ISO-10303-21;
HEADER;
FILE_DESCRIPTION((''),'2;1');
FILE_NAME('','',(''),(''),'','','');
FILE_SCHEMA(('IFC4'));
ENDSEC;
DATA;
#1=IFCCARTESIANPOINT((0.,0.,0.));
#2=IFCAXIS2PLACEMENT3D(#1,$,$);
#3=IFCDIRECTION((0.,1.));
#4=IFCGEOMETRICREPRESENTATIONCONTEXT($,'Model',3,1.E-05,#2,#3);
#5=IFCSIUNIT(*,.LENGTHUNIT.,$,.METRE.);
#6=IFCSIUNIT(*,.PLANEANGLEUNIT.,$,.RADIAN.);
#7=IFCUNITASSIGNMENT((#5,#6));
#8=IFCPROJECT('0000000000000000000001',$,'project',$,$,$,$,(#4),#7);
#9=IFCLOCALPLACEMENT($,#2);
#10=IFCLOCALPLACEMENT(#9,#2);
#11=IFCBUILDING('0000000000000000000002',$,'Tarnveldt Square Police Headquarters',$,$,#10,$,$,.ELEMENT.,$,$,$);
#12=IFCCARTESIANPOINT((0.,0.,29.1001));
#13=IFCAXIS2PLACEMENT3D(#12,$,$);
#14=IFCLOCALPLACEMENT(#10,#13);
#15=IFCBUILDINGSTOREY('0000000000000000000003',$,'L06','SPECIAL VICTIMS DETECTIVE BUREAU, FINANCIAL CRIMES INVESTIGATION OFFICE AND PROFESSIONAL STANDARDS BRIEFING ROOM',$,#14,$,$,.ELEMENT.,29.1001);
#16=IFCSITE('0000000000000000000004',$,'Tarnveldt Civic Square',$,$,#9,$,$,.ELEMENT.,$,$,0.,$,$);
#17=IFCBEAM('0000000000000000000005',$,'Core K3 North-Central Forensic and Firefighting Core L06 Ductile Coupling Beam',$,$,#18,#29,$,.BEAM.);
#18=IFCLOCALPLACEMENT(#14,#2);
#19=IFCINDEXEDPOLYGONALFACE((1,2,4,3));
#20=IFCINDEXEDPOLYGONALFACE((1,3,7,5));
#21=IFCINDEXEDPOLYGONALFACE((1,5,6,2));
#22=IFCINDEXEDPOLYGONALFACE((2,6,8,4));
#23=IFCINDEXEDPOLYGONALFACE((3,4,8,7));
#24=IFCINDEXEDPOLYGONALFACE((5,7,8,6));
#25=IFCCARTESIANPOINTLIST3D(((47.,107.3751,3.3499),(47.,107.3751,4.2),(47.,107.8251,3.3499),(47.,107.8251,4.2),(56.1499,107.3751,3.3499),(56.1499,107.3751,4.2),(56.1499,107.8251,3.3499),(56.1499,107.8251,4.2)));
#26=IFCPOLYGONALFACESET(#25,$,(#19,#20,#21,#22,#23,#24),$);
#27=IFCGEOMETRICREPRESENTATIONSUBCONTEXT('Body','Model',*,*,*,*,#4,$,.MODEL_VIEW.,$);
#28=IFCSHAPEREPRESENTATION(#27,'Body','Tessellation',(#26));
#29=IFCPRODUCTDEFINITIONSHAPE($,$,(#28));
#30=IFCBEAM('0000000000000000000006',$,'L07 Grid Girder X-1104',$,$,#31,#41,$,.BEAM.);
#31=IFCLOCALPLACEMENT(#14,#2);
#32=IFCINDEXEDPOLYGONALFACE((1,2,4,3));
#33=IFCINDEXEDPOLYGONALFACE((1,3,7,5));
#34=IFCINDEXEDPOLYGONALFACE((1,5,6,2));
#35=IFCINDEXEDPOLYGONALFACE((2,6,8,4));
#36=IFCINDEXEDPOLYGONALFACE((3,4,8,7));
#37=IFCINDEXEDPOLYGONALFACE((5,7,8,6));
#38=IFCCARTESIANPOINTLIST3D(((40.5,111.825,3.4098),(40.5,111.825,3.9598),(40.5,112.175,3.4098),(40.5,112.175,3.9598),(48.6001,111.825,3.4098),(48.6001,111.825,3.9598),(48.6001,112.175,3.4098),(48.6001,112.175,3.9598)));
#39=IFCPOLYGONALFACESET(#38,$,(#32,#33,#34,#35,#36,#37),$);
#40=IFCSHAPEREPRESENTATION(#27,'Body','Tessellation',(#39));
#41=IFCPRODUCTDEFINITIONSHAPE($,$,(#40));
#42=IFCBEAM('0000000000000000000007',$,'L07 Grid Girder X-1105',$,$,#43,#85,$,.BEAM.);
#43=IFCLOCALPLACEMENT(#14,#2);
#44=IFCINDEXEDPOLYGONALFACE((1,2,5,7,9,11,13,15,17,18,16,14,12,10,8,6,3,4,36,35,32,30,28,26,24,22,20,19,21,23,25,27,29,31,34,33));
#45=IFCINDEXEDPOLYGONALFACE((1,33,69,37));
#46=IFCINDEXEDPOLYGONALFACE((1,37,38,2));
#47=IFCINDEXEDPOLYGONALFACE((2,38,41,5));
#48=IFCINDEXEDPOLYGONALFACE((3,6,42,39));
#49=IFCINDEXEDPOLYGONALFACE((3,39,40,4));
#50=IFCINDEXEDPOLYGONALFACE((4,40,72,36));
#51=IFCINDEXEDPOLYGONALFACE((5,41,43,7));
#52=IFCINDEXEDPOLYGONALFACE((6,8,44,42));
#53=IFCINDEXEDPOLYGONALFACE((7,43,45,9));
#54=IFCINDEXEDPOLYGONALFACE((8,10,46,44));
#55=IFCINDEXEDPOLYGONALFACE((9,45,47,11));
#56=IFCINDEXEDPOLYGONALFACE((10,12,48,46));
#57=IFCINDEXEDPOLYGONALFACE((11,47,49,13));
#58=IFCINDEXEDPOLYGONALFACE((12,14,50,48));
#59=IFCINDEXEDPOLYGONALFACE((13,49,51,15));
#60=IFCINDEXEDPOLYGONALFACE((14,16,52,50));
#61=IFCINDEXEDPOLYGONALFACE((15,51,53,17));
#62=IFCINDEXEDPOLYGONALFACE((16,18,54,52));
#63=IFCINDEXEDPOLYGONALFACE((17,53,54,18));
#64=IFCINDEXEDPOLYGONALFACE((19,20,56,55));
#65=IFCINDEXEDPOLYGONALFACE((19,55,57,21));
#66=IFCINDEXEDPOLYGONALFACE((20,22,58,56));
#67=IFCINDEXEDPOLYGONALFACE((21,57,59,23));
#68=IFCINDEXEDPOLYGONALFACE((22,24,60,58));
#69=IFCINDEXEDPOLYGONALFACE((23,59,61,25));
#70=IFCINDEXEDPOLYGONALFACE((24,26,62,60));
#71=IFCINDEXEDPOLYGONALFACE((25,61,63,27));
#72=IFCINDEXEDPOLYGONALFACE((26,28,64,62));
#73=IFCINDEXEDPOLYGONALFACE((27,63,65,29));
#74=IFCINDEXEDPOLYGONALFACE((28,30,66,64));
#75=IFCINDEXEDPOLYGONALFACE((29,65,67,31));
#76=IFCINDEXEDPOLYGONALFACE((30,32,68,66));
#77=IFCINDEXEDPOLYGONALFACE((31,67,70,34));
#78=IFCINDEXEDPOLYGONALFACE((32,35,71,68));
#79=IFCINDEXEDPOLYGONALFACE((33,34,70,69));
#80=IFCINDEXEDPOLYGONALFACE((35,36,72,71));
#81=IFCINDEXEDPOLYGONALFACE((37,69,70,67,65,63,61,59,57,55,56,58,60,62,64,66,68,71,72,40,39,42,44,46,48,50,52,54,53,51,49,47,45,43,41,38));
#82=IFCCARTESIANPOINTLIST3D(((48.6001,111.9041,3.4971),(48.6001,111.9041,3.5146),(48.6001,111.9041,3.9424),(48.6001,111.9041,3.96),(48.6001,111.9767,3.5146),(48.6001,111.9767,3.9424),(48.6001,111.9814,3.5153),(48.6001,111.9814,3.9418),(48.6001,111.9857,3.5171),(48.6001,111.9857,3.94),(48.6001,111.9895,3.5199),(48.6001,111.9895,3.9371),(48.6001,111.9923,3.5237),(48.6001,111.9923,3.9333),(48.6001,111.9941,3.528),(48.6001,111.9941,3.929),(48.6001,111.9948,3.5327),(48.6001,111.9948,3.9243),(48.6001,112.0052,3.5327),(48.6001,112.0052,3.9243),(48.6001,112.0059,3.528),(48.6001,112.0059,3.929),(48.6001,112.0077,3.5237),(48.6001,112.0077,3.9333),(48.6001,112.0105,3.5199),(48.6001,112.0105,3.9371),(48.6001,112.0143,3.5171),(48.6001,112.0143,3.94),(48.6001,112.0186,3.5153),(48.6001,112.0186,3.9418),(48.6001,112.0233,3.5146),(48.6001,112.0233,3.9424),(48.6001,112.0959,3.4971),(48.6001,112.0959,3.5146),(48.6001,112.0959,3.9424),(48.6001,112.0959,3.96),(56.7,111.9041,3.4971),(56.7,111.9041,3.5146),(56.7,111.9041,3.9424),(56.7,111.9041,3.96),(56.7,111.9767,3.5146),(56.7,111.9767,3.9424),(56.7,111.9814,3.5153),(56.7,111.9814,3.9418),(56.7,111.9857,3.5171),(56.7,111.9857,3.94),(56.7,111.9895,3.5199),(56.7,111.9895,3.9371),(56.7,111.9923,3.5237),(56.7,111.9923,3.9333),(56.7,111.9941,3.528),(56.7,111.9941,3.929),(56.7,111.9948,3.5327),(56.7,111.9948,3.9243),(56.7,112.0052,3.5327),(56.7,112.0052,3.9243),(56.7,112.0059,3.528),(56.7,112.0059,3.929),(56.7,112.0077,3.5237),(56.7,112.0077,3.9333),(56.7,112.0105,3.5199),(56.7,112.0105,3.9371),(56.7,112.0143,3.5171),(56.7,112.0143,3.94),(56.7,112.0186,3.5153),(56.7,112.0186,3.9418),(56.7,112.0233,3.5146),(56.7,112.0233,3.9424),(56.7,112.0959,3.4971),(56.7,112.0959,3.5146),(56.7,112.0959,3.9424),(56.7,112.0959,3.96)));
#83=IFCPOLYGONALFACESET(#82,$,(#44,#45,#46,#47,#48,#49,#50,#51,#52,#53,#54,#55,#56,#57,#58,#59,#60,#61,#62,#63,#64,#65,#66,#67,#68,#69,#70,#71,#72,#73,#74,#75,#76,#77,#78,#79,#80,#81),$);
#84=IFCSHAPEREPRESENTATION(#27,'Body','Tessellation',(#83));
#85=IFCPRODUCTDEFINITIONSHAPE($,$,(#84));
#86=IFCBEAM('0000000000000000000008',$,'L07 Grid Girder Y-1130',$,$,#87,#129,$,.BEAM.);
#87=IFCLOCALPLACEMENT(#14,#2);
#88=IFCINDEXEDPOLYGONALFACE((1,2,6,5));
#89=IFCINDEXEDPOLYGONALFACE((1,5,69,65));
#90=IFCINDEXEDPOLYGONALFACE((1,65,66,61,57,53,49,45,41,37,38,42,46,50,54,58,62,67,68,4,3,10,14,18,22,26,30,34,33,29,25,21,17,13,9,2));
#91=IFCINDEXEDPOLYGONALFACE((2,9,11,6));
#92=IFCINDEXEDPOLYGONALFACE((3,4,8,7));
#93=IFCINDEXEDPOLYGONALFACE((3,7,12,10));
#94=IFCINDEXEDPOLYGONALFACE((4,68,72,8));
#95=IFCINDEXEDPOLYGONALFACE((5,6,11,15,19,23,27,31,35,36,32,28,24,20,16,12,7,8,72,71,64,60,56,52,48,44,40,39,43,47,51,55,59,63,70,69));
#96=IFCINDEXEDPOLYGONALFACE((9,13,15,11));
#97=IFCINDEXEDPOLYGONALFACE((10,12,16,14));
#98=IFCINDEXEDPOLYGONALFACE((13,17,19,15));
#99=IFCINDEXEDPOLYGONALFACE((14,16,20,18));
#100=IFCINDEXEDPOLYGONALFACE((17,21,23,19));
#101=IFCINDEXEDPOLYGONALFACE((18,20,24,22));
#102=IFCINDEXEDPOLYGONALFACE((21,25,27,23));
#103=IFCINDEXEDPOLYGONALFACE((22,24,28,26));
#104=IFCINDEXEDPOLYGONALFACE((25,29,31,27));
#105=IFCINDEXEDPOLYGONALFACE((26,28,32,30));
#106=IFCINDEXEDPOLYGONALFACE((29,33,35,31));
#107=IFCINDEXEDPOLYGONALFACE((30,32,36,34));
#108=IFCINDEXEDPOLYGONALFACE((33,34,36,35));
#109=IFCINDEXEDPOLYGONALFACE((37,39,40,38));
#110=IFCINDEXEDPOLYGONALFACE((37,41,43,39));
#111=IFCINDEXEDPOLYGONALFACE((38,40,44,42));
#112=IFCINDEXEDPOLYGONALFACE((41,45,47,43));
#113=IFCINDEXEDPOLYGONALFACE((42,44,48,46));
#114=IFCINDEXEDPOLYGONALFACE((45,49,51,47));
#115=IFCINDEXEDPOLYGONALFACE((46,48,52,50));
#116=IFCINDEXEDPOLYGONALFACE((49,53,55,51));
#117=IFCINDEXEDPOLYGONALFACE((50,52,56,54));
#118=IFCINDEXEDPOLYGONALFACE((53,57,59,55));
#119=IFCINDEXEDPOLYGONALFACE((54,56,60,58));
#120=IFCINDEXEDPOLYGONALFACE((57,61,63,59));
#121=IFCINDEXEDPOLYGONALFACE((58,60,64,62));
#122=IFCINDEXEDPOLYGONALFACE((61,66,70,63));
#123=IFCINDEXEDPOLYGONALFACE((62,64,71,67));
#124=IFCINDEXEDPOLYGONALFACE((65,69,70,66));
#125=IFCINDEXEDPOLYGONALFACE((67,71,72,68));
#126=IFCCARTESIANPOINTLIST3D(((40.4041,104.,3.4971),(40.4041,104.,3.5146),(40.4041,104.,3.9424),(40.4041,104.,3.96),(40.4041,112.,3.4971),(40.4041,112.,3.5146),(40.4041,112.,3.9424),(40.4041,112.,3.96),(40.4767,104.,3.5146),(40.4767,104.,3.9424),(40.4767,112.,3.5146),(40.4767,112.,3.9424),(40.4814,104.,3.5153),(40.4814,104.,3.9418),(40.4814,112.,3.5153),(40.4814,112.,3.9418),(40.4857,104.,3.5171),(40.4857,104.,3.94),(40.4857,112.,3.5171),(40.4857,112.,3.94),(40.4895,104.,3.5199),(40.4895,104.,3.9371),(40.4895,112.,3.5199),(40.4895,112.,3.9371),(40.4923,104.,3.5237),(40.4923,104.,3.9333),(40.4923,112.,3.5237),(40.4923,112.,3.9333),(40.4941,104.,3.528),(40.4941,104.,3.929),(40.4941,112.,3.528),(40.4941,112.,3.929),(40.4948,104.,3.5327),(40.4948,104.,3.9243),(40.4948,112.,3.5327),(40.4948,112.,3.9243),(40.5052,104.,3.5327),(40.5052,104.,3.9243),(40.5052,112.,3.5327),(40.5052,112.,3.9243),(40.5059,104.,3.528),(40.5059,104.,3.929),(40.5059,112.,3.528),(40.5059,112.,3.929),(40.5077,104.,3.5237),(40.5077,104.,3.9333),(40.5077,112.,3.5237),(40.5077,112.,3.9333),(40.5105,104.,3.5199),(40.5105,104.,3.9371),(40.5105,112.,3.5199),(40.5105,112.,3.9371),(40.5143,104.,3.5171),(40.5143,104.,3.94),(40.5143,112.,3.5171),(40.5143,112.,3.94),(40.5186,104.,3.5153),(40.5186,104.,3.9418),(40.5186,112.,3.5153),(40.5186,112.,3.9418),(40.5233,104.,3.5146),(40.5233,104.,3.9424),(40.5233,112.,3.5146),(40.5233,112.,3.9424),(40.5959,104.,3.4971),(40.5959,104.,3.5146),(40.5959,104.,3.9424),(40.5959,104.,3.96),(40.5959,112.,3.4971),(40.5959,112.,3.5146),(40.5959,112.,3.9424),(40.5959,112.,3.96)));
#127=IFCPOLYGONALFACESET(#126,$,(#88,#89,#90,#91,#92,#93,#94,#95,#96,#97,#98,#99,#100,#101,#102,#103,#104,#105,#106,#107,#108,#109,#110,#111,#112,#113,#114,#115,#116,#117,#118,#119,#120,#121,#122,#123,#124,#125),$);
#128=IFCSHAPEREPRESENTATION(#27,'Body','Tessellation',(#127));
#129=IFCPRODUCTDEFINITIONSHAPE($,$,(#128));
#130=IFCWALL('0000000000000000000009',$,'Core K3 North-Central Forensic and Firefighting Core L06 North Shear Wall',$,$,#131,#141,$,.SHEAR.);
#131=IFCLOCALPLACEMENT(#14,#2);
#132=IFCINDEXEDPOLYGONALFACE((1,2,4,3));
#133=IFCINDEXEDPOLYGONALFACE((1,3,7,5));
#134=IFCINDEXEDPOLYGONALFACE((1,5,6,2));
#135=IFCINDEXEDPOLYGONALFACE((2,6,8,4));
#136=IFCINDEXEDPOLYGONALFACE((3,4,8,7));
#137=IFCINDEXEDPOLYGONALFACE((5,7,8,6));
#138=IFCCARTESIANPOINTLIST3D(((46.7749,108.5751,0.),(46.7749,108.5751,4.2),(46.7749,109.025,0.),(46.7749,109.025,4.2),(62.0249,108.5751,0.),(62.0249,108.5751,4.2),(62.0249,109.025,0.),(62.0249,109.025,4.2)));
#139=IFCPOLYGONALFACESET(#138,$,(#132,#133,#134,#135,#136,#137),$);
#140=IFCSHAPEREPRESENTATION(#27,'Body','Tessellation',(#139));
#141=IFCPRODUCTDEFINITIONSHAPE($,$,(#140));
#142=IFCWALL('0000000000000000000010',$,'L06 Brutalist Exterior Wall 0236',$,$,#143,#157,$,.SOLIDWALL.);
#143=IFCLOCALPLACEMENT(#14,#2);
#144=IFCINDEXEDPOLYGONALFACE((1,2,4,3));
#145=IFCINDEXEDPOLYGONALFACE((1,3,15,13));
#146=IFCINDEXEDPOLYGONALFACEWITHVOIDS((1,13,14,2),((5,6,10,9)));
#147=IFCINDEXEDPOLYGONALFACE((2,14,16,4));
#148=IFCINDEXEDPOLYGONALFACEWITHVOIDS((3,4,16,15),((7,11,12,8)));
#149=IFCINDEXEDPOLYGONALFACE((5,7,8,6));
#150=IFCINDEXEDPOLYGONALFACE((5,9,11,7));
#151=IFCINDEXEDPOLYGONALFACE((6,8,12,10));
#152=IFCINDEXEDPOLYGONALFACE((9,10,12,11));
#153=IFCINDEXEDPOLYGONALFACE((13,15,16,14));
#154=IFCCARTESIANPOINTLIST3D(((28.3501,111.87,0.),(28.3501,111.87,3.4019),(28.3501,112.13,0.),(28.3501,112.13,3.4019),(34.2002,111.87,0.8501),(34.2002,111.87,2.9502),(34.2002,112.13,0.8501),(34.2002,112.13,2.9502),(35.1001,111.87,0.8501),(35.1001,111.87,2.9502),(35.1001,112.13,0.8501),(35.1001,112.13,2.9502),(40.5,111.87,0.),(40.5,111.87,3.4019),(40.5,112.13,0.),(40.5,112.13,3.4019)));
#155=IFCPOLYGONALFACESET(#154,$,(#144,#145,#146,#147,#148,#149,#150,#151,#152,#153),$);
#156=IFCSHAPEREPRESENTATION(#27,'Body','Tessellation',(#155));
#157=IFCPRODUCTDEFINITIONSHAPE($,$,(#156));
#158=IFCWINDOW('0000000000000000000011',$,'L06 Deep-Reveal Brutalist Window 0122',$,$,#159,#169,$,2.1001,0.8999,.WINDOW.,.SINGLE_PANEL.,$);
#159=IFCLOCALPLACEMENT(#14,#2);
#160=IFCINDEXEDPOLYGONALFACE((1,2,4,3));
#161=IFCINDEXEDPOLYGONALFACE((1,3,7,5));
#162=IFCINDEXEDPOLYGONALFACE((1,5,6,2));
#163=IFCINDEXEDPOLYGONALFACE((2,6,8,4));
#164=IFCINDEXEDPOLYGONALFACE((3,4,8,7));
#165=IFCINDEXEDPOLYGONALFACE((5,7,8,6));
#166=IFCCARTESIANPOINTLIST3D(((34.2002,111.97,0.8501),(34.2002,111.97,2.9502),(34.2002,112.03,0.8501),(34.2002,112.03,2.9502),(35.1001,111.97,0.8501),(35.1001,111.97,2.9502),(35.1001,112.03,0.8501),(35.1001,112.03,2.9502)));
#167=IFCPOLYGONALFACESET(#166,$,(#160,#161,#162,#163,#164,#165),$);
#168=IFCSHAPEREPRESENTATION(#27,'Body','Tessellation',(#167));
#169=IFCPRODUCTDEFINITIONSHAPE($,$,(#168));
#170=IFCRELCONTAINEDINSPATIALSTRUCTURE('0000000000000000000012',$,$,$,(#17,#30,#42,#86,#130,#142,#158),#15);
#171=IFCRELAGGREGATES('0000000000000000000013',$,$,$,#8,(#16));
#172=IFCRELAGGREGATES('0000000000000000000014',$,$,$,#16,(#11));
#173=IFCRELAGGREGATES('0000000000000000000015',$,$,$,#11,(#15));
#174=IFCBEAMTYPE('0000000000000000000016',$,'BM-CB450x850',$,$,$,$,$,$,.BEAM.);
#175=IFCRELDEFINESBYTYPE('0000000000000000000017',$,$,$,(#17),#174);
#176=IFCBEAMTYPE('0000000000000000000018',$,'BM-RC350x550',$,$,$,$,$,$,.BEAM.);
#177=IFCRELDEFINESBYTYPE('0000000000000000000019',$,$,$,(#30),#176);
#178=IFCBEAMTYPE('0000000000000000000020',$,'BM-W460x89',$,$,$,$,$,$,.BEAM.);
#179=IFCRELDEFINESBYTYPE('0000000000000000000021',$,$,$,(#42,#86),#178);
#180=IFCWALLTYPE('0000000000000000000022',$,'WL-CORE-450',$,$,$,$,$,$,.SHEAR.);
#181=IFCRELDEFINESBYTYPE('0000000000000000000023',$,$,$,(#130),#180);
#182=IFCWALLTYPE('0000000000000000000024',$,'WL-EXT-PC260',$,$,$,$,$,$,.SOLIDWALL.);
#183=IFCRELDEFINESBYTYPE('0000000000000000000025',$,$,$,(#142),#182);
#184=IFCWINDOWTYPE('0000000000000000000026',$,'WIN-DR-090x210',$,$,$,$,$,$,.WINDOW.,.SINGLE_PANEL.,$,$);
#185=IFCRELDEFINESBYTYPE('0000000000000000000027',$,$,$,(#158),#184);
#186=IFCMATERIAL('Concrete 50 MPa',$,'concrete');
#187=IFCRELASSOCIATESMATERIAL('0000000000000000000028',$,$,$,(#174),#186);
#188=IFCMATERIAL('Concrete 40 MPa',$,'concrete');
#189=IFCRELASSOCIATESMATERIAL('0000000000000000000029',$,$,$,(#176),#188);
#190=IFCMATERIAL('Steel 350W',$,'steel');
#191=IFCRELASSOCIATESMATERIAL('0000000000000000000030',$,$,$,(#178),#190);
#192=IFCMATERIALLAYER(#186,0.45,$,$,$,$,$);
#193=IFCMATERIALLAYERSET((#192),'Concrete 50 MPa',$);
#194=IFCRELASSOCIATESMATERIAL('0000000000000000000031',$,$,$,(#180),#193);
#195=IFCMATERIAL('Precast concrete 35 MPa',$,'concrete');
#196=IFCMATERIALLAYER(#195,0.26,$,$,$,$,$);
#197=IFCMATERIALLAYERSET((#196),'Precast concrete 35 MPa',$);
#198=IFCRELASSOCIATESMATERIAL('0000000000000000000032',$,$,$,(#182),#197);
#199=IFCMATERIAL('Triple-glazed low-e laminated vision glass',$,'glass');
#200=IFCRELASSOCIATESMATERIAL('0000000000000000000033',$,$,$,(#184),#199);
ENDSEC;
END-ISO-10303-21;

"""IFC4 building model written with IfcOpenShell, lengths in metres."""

from ifc_helpers import new_model, si_unit, direction, frame, frame_2d, origin, origin_2d, place, context, subcontext, project, spatial, rectangle, i_section, extrude, material, layer, layer_set, material_profile, profile_set, type_object, element, fill, save


model = new_model("IFC4")

# Units and contexts
model_context = context("Model", 3, precision=1e-05, world=origin(), true_north=direction((0.0, 1.0)))
body_context = subcontext(model_context, "Body", "Model", "MODEL_VIEW")
ifc_project = project(units=[si_unit("LENGTHUNIT", "METRE"), si_unit("PLANEANGLEUNIT", "RADIAN")], contexts=[model_context])

# Site, building, storey
site_placement = place(None, origin())
site = spatial("IfcSite", under=ifc_project, at=site_placement, Name="Tarnveldt Civic Square", CompositionType="ELEMENT", RefElevation=0.0)
building_placement = place(site_placement, origin())
building = spatial("IfcBuilding", under=site, at=building_placement, Name="Tarnveldt Square Police Headquarters", CompositionType="ELEMENT")
storey_placement = place(building_placement, frame((0.0, 0.0, 29.1001)))
storey = spatial("IfcBuildingStorey", under=building, at=storey_placement, Name="L06", Description="SPECIAL VICTIMS DETECTIVE BUREAU, FINANCIAL CRIMES INVESTIGATION OFFICE AND PROFESSIONAL STANDARDS BRIEFING ROOM", CompositionType="ELEMENT", Elevation=29.1001)

# Shared definitions
ifc_material_1 = material(Name="Steel 350W", Category="steel")

# Beams
ifc_material_2 = material(Name="Concrete 50 MPa", Category="concrete")
ifc_material_profile_1 = material_profile(ifc_material_2, rectangle(XDim=0.45, YDim=0.8501, at=origin_2d()), Name="RC-CB450x850")
ifc_profile_set_1 = profile_set([ifc_material_profile_1], Name="Concrete 50 MPa")
beam_type_1 = type_object("IfcBeamType", Name="BM-CB450x850", PredefinedType="BEAM", material=ifc_profile_set_1)
beam_1_placement = place(storey_placement, frame((47.0, 107.6001, 3.7749), z_axis=(1.0, 0.0, 0.0), x_axis=(0.0, 1.0, 0.0)))
element("IfcBeam", 1, at=beam_1_placement, inside=storey, type_object=beam_type_1, Name="Core K3 North-Central Forensic and Firefighting Core L06 Ductile Coupling Beam", PredefinedType="BEAM", context=body_context, shape_type="SweptSolid", body=[
    extrude(rectangle(XDim=0.45, YDim=0.8501, at=origin_2d()), origin(), (0.0, 0.0, 1.0), 9.1499),
])
ifc_material_3 = material(Name="Concrete 40 MPa", Category="concrete")
ifc_material_profile_2 = material_profile(ifc_material_3, rectangle(XDim=0.3501, YDim=0.55, at=origin_2d()), Name="RC-B350x550")
ifc_profile_set_2 = profile_set([ifc_material_profile_2], Name="Concrete 40 MPa")
beam_type_2 = type_object("IfcBeamType", Name="BM-RC350x550", PredefinedType="BEAM", material=ifc_profile_set_2)
beam_2_placement = place(storey_placement, frame((40.5, 112.0, 3.6848), z_axis=(1.0, 0.0, 0.0), x_axis=(0.0, 1.0, 0.0)))
element("IfcBeam", 2, at=beam_2_placement, inside=storey, type_object=beam_type_2, Name="L07 Grid Girder X-1104", PredefinedType="BEAM", context=body_context, shape_type="SweptSolid", body=[
    extrude(rectangle(XDim=0.3501, YDim=0.55, at=origin_2d()), origin(), (0.0, 0.0, 1.0), 8.1001),
])
ifc_material_profile_3 = material_profile(ifc_material_1, i_section(OverallWidth=0.1919, OverallDepth=0.4629, WebThickness=0.0105, FlangeThickness=0.0176, FilletRadius=0.0181, at=origin_2d()), Name="W460x89")
ifc_profile_set_3 = profile_set([ifc_material_profile_3], Name="Steel 350W")
beam_type_3 = type_object("IfcBeamType", Name="BM-W460x89", PredefinedType="BEAM", material=ifc_profile_set_3)
beam_3_placement = place(storey_placement, frame((48.6001, 112.0, 3.7285), z_axis=(1.0, 0.0, 0.0), x_axis=(0.0, 1.0, 0.0)))
element("IfcBeam", 3, at=beam_3_placement, inside=storey, type_object=beam_type_3, Name="L07 Grid Girder X-1105", PredefinedType="BEAM", context=body_context, shape_type="SweptSolid", body=[
    extrude(i_section(OverallWidth=0.1919, OverallDepth=0.4629, WebThickness=0.0105, FlangeThickness=0.0176, FilletRadius=0.0181, at=origin_2d()), origin(), (0.0, 0.0, 1.0), 8.0999),
])
beam_4_placement = place(storey_placement, frame((40.5, 104.0, 3.7285), z_axis=(0.0, 1.0, 0.0), x_axis=(-1.0, 0.0, 0.0)))
element("IfcBeam", 4, at=beam_4_placement, inside=storey, type_object=beam_type_3, Name="L07 Grid Girder Y-1130", PredefinedType="BEAM", context=body_context, shape_type="SweptSolid", body=[
    extrude(i_section(OverallWidth=0.1919, OverallDepth=0.4629, WebThickness=0.0105, FlangeThickness=0.0176, FilletRadius=0.0181, at=origin_2d()), origin(), (0.0, 0.0, 1.0), 8.0),
])

# Wall
ifc_layer_1 = layer(ifc_material_2, 0.45)
ifc_layer_set_1 = layer_set([ifc_layer_1], Name="Concrete 50 MPa")
wall_type_1 = type_object("IfcWallType", Name="WL-CORE-450", PredefinedType="SHEAR", material=ifc_layer_set_1)
wall_1_placement = place(storey_placement, frame((46.7749, 108.8, 0.0), z_axis=(0.0, 0.0, 1.0), x_axis=(1.0, 0.0, 0.0)))
element("IfcWall", 5, at=wall_1_placement, inside=storey, type_object=wall_type_1, Name="Core K3 North-Central Forensic and Firefighting Core L06 North Shear Wall", PredefinedType="SHEAR", context=body_context, shape_type="SweptSolid", body=[
    extrude(rectangle(XDim=15.25, YDim=0.45, at=frame_2d((7.625, 0.0))), origin(), (0.0, 0.0, 1.0), 4.2),
])

# Wall, opening, window
ifc_material_4 = material(Name="Precast concrete 35 MPa", Category="concrete")
ifc_layer_2 = layer(ifc_material_4, 0.26)
ifc_layer_set_2 = layer_set([ifc_layer_2], Name="Precast concrete 35 MPa")
wall_type_2 = type_object("IfcWallType", Name="WL-EXT-PC260", PredefinedType="SOLIDWALL", material=ifc_layer_set_2)
wall_2_placement = place(storey_placement, frame((40.5, 112.0, 0.0), z_axis=(0.0, 0.0, 1.0), x_axis=(-1.0, 0.0, 0.0)))
wall_2 = element("IfcWall", 6, at=wall_2_placement, inside=storey, type_object=wall_type_2, Name="L06 Brutalist Exterior Wall 0236", PredefinedType="SOLIDWALL", context=body_context, shape_type="SweptSolid", body=[
    extrude(rectangle(XDim=12.1499, YDim=0.26, at=frame_2d((6.075, 0.0))), origin(), (0.0, 0.0, 1.0), 3.4019),
])
opening_1_placement = place(wall_2_placement, frame((5.3999, 0.0, 0.8501)))
opening_1 = element("IfcOpeningElement", 7, at=opening_1_placement, cuts=wall_2, PredefinedType="OPENING", context=body_context, shape_type="SweptSolid", body=[
    extrude(rectangle(XDim=0.8999, YDim=2.1001, at=frame_2d((0.45, 1.05))), frame((0.0, 0.1399, 0.0), z_axis=(0.0, -1.0, 0.0), x_axis=(1.0, 0.0, 0.0)), (0.0, 0.0, 1.0), 0.28),
])
ifc_material_5 = material(Name="Triple-glazed low-e laminated vision glass", Category="glass")
window_type_1 = type_object("IfcWindowType", Name="WIN-DR-090x210", PartitioningType="SINGLE_PANEL", PredefinedType="WINDOW", material=ifc_material_5)
window_1_placement = place(opening_1_placement, origin())
window_1 = element("IfcWindow", 8, at=window_1_placement, inside=storey, type_object=window_type_1, Name="L06 Deep-Reveal Brutalist Window 0122", OverallHeight=2.1001, OverallWidth=0.8999, PartitioningType="SINGLE_PANEL", PredefinedType="WINDOW", context=body_context, shape_type="SweptSolid", body=[
    extrude(rectangle(XDim=0.8999, YDim=2.1001, at=frame_2d((0.45, 1.05))), frame((0.0, 0.03, 0.0), z_axis=(0.0, -1.0, 0.0), x_axis=(1.0, 0.0, 0.0)), (0.0, 0.0, 1.0), 0.0601),
])
fill(opening_1, window_1)

save(model, "model.ifc")
